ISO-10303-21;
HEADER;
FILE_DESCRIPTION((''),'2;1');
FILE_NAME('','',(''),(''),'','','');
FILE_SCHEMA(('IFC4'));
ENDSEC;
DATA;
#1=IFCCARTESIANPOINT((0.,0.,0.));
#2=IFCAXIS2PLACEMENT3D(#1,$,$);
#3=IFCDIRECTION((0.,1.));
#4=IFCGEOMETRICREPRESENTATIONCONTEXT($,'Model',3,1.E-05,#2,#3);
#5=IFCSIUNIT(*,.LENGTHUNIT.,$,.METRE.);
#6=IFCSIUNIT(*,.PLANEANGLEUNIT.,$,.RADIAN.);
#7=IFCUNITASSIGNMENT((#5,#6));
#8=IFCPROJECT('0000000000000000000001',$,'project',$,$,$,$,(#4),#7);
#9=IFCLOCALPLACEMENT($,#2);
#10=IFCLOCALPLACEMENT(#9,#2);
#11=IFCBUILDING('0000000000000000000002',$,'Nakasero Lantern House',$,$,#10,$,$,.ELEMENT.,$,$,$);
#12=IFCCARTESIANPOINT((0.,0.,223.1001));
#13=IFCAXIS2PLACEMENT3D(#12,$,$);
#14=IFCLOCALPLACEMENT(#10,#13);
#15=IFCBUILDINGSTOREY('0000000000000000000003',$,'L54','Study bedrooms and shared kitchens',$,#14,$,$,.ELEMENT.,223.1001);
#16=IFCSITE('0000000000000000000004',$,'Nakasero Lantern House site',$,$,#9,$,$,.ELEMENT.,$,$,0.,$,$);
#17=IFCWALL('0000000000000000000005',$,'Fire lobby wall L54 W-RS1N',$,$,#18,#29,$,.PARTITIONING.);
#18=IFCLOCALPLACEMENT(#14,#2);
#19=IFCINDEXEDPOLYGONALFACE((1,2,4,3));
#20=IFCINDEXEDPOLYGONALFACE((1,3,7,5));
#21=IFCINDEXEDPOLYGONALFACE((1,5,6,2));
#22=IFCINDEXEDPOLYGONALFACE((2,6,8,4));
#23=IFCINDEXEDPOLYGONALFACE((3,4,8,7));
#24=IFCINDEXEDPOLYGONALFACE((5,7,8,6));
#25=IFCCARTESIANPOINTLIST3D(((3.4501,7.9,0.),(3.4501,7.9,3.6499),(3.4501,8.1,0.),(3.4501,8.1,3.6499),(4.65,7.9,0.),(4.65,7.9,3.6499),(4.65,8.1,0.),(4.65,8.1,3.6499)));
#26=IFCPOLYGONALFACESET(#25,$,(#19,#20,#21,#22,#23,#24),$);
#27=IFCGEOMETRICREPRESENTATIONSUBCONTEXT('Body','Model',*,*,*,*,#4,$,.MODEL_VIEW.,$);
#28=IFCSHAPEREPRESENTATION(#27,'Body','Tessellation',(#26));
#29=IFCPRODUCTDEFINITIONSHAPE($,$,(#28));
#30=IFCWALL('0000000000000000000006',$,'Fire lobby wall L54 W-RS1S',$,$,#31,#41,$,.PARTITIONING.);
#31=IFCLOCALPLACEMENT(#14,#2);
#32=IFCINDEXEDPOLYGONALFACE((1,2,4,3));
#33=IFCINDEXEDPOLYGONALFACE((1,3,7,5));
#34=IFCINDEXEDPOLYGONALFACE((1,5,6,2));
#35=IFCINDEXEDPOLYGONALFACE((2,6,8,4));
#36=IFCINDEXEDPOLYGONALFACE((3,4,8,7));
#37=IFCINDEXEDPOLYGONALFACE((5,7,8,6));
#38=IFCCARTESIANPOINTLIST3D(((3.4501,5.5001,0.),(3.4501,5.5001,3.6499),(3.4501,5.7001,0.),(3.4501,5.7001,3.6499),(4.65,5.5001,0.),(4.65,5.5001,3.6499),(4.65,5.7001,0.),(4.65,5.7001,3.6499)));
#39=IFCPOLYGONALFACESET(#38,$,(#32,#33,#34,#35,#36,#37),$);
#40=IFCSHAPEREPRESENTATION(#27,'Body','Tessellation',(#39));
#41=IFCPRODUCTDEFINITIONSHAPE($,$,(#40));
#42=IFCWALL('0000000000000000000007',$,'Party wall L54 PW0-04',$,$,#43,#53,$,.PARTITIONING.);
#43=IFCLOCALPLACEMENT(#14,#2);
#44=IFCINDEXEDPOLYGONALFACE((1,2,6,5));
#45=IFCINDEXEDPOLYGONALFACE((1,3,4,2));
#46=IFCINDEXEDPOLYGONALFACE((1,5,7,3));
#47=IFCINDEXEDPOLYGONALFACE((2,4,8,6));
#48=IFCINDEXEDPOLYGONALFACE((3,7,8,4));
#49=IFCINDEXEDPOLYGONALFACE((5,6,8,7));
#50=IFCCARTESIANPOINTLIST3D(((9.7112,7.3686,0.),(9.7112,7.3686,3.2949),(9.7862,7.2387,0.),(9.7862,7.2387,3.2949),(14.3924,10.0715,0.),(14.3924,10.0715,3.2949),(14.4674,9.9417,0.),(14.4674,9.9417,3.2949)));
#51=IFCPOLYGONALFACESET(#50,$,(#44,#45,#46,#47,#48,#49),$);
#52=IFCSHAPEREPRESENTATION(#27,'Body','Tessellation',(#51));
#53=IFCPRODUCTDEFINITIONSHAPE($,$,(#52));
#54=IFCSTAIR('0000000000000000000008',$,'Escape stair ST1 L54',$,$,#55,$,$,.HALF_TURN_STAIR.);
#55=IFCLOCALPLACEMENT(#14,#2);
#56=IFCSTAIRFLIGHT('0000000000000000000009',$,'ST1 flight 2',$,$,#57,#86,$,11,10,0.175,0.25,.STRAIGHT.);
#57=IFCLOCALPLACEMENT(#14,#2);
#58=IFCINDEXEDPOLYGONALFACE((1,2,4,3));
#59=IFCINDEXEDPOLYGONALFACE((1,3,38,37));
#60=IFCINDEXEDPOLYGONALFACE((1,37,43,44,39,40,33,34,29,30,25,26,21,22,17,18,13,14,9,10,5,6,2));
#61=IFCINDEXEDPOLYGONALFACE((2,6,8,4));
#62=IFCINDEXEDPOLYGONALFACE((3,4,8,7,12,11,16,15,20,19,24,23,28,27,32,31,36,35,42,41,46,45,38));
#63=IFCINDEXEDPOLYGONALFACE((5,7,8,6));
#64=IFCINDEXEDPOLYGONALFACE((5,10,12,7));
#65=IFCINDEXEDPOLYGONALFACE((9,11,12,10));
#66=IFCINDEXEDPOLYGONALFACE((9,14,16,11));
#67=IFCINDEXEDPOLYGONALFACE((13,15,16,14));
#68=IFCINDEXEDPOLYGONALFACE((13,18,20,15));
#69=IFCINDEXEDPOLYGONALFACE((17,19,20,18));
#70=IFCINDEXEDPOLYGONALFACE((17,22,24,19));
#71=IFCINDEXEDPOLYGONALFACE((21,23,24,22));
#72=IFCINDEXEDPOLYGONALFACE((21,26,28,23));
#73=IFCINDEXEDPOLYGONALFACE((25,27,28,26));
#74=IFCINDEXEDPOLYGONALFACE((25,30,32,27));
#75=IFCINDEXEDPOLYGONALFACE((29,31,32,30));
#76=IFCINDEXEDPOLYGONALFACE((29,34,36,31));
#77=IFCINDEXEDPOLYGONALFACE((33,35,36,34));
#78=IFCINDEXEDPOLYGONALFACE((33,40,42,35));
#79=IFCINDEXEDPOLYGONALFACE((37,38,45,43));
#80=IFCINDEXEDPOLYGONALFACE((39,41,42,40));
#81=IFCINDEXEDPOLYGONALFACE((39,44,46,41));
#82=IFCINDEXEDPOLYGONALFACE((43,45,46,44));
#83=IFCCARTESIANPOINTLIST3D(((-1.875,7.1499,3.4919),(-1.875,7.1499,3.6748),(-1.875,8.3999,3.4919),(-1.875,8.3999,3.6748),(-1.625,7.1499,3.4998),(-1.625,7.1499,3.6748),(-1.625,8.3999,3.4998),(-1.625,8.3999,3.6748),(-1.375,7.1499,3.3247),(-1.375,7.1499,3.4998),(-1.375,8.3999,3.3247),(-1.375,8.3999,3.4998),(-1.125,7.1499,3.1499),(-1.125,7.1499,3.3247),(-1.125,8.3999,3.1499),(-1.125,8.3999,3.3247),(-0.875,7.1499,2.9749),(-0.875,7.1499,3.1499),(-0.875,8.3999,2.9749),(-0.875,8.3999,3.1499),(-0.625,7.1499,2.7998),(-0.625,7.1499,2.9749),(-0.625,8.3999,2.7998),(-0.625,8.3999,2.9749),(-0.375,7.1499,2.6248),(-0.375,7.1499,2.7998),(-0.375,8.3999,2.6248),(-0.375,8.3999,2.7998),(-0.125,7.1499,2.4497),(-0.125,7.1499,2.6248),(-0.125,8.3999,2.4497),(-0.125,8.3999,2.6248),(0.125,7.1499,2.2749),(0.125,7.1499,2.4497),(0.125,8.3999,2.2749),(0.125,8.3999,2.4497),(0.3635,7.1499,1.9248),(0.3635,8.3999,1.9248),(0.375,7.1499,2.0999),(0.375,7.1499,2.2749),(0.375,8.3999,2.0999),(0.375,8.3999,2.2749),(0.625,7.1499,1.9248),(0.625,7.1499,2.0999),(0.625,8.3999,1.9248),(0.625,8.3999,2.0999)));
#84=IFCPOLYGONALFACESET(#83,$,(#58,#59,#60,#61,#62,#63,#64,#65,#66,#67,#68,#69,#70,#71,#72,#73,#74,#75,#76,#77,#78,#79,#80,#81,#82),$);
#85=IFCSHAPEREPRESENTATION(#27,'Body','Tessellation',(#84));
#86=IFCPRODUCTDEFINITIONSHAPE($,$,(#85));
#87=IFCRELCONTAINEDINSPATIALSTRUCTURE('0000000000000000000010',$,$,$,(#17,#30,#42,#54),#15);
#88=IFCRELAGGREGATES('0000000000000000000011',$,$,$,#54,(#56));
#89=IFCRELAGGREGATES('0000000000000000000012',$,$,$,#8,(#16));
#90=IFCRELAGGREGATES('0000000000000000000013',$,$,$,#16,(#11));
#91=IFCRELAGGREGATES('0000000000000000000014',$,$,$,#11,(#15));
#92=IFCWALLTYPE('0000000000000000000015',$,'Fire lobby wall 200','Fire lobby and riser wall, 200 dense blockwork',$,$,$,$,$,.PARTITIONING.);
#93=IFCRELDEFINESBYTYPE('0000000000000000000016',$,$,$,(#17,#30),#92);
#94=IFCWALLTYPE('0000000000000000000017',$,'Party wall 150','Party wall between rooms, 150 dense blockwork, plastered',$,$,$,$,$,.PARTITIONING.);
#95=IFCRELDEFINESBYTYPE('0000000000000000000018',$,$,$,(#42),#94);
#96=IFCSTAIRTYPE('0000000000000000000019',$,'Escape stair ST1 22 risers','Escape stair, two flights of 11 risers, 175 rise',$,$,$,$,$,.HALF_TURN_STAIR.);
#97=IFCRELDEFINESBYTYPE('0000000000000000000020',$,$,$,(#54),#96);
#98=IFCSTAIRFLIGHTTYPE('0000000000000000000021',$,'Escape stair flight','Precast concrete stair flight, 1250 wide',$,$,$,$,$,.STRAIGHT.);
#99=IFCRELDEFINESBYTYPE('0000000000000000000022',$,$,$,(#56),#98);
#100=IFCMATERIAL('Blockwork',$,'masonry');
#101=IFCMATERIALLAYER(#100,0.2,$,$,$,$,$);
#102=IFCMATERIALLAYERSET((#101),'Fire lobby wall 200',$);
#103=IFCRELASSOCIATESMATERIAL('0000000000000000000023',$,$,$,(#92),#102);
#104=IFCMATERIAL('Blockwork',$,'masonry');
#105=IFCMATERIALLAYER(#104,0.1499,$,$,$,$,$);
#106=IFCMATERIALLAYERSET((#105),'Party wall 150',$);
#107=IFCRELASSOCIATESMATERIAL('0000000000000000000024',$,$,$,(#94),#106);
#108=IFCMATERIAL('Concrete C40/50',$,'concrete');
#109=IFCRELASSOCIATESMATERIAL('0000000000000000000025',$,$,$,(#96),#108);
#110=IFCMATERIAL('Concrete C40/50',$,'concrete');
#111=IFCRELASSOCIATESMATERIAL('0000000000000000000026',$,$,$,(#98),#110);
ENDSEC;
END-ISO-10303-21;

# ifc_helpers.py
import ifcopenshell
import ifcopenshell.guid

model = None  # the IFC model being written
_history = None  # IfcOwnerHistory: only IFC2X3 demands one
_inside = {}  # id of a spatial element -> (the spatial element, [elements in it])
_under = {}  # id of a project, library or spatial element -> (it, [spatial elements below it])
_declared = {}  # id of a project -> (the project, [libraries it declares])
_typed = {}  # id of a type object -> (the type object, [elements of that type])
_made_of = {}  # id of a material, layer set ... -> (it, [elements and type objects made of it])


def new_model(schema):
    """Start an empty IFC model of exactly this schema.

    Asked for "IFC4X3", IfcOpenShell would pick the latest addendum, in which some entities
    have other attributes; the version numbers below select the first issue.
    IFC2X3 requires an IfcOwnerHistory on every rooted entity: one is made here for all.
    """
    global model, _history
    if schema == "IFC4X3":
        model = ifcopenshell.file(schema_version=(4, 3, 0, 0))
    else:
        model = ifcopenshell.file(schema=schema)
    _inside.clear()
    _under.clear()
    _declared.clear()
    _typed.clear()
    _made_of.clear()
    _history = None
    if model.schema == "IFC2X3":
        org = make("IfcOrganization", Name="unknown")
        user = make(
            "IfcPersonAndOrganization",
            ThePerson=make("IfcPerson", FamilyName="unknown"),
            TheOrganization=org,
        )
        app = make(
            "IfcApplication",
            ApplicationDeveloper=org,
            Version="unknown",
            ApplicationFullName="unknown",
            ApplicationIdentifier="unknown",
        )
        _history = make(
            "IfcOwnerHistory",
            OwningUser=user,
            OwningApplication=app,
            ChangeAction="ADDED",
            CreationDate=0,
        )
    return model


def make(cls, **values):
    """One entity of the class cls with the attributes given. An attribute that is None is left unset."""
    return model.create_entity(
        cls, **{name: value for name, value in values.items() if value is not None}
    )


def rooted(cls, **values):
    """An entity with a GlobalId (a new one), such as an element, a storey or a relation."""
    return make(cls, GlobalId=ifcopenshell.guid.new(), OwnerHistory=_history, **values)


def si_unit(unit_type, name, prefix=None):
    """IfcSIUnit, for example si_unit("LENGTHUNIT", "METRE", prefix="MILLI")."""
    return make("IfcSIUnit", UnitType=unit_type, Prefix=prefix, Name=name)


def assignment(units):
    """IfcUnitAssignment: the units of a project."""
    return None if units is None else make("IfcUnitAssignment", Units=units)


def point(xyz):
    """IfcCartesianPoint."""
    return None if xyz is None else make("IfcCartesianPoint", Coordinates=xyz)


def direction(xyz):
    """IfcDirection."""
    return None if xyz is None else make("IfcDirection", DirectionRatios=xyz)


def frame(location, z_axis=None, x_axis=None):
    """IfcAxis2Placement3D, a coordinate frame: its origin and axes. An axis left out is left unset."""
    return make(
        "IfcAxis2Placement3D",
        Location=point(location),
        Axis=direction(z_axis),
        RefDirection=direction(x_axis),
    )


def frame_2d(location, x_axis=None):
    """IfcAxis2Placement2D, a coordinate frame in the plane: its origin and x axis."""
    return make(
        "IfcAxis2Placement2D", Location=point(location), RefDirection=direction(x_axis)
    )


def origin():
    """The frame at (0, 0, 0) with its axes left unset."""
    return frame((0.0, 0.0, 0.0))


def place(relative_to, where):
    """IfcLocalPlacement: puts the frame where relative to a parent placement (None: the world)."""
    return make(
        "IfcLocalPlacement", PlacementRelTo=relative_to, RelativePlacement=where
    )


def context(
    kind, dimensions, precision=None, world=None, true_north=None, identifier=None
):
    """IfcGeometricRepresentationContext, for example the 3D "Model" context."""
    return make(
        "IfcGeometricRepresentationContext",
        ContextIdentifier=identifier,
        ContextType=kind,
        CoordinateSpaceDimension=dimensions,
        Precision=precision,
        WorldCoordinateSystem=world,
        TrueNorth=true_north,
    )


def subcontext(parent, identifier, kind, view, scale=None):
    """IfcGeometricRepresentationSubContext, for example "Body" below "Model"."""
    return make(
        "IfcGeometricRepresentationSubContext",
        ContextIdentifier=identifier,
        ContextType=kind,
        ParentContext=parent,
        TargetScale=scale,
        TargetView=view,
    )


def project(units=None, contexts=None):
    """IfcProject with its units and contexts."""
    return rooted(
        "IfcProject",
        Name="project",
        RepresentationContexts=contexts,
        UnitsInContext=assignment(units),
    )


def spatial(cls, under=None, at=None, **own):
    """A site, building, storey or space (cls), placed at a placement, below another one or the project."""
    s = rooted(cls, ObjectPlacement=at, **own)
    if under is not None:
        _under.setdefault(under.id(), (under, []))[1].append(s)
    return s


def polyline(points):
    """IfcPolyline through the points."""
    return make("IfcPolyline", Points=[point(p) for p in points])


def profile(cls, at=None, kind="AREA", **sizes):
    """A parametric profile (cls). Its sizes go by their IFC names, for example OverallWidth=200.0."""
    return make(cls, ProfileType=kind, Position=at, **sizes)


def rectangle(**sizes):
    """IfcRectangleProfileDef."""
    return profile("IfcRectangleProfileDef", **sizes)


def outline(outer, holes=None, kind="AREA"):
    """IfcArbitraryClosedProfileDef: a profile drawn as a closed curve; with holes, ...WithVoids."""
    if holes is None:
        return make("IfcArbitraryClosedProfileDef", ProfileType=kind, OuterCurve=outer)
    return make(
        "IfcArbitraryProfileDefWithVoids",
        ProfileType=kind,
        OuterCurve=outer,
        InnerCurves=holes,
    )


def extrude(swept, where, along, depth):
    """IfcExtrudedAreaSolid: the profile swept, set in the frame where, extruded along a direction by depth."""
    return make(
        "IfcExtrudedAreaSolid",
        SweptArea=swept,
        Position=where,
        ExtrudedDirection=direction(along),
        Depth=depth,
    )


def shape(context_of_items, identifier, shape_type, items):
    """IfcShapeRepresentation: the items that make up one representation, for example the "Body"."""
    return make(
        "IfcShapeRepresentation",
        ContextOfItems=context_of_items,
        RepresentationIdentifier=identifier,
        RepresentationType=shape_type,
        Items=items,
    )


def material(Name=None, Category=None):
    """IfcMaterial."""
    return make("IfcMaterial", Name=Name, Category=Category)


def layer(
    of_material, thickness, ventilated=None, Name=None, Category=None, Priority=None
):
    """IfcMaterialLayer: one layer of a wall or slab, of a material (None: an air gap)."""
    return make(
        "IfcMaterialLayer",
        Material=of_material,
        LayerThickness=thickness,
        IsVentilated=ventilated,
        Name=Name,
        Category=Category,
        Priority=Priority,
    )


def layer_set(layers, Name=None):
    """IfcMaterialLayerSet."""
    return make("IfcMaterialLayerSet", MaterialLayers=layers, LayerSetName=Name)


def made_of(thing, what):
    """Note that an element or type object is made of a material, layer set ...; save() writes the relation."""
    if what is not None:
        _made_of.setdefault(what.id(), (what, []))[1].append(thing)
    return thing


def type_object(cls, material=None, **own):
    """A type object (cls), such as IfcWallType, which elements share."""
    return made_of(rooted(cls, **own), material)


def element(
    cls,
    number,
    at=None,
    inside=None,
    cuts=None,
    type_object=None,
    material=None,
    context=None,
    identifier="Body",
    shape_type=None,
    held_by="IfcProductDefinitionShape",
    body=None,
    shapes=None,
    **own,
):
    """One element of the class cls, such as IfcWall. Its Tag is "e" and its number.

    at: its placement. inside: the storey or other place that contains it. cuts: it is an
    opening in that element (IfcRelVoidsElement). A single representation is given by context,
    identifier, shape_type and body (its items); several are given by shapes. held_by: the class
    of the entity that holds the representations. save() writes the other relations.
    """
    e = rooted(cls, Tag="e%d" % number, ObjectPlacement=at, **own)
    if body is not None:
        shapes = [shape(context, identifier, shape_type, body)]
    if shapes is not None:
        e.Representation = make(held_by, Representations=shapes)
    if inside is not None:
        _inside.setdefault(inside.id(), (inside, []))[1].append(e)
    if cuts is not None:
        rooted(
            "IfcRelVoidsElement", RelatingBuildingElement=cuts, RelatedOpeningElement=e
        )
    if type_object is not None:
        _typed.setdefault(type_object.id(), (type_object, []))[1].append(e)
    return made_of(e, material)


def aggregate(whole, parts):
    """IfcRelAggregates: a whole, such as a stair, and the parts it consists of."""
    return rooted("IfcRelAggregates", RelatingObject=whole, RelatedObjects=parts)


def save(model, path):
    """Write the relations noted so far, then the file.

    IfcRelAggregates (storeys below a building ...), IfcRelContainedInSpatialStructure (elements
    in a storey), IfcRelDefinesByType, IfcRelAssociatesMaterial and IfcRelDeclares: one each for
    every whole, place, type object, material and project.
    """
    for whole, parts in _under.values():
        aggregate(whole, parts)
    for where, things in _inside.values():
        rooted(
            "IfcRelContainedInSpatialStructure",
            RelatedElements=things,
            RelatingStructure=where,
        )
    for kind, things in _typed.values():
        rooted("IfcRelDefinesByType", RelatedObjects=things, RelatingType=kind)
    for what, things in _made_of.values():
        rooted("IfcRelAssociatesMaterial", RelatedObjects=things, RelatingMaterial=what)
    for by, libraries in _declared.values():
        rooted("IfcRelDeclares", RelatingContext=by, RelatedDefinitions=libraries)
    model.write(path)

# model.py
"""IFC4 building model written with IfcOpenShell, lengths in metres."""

from ifc_helpers import new_model, si_unit, direction, frame, frame_2d, origin, place, context, subcontext, project, spatial, polyline, rectangle, outline, extrude, material, layer, layer_set, type_object, element, aggregate, save


model = new_model("IFC4")

# Units and contexts
model_context = context("Model", 3, precision=1e-05, world=origin(), true_north=direction((0.0, 1.0)))
body_context = subcontext(model_context, "Body", "Model", "MODEL_VIEW")
ifc_project = project(units=[si_unit("LENGTHUNIT", "METRE"), si_unit("PLANEANGLEUNIT", "RADIAN")], contexts=[model_context])

# Site, building, storey
site_placement = place(None, origin())
site = spatial("IfcSite", under=ifc_project, at=site_placement, Name="Nakasero Lantern House site", CompositionType="ELEMENT", RefElevation=0.0)
building_placement = place(site_placement, origin())
building = spatial("IfcBuilding", under=site, at=building_placement, Name="Nakasero Lantern House", CompositionType="ELEMENT")
storey_placement = place(building_placement, frame((0.0, 0.0, 223.1001)))
storey = spatial("IfcBuildingStorey", under=building, at=storey_placement, Name="L54", Description="Study bedrooms and shared kitchens", CompositionType="ELEMENT", Elevation=223.1001)

# Shared definitions
ifc_material_1 = material(Name="Blockwork", Category="masonry")
ifc_layer_1 = layer(ifc_material_1, 0.2)
ifc_layer_set_1 = layer_set([ifc_layer_1], Name="Fire lobby wall 200")
wall_type_1 = type_object("IfcWallType", Name="Fire lobby wall 200", Description="Fire lobby and riser wall, 200 dense blockwork", PredefinedType="PARTITIONING", material=ifc_layer_set_1)

# Walls
for number, where, z_axis, x_axis, name in (
    (1, (3.45, 8.0, 0.0), (0.0, 0.0, 1.0), (1.0, 0.0, 0.0), "Fire lobby wall L54 W-RS1N"),
    (2, (3.45, 5.6001, 0.0), (0.0, 0.0, 1.0), (1.0, 0.0, 0.0), "Fire lobby wall L54 W-RS1S"),
):
    element("IfcWall", number, at=place(storey_placement, frame(where, z_axis=z_axis, x_axis=x_axis)), inside=storey, type_object=wall_type_1, Name=name, PredefinedType="PARTITIONING", context=body_context, shape_type="SweptSolid", body=[
        extrude(rectangle(XDim=1.2, YDim=0.2, at=frame_2d((0.6001, 0.0))), origin(), (0.0, 0.0, 1.0), 3.6499),
    ])
ifc_material_2 = material(Name="Blockwork", Category="masonry")
ifc_layer_2 = layer(ifc_material_2, 0.1499)
ifc_layer_set_2 = layer_set([ifc_layer_2], Name="Party wall 150")
wall_type_2 = type_object("IfcWallType", Name="Party wall 150", Description="Party wall between rooms, 150 dense blockwork, plastered", PredefinedType="PARTITIONING", material=ifc_layer_set_2)
wall_1_placement = place(storey_placement, frame((9.7488, 7.3037, 0.0), z_axis=(0.0, 0.0, 1.0), x_axis=(0.866008, 0.50003, 0.0)))
element("IfcWall", 3, at=wall_1_placement, inside=storey, type_object=wall_type_2, Name="Party wall L54 PW0-04", PredefinedType="PARTITIONING", context=body_context, shape_type="SweptSolid", body=[
    extrude(rectangle(XDim=5.4055, YDim=0.1499, at=frame_2d((2.7026, 0.0))), origin(), (0.0, 0.0, 1.0), 3.2949),
])

# Stair, stair flight
ifc_material_3 = material(Name="Concrete C40/50", Category="concrete")
stair_type_1 = type_object("IfcStairType", Name="Escape stair ST1 22 risers", Description="Escape stair, two flights of 11 risers, 175 rise", PredefinedType="HALF_TURN_STAIR", material=ifc_material_3)
stair_1_placement = place(storey_placement, origin())
stair_1 = element("IfcStair", 4, at=stair_1_placement, inside=storey, type_object=stair_type_1, Name="Escape stair ST1 L54", PredefinedType="HALF_TURN_STAIR")
ifc_material_4 = material(Name="Concrete C40/50", Category="concrete")
stair_flight_type = type_object("IfcStairFlightType", Name="Escape stair flight", Description="Precast concrete stair flight, 1250 wide", PredefinedType="STRAIGHT", material=ifc_material_4)
stair_flight_placement = place(storey_placement, frame((0.625, 7.7749, 1.9248), z_axis=(0.0, 0.0, 1.0), x_axis=(-1.0, 0.0, 0.0)))
stair_flight = element("IfcStairFlight", 5, at=stair_flight_placement, type_object=stair_flight_type, Name="ST1 flight 2", NumberOfRisers=11, NumberOfTreads=10, PredefinedType="STRAIGHT", RiserHeight=0.175, TreadLength=0.25, context=body_context, shape_type="SweptSolid", body=[
    extrude(outline(polyline([(0.0, 0.0), (0.0, 0.175), (0.25, 0.175), (0.25, 0.3501), (0.5, 0.3501), (0.5, 0.5249), (0.75, 0.5249), (0.75, 0.7), (1.0, 0.7), (1.0, 0.875), (1.25, 0.875), (1.25, 1.05), (1.5, 1.05), (1.5, 1.2251), (1.75, 1.2251), (1.75, 1.3999), (2.0, 1.3999), (2.0, 1.575), (2.25, 1.575), (2.25, 1.75), (2.5, 1.75), (2.5, 1.925), (2.5, 1.5671), (0.2615, 0.0), (0.0, 0.0)])), frame((0.0, 0.625, 0.0), z_axis=(0.0, -1.0, 0.0), x_axis=(1.0, 0.0, 0.0)), (0.0, 0.0, 1.0), 1.25),
])
aggregate(stair_1, [stair_flight])

save(model, "model.ifc")
